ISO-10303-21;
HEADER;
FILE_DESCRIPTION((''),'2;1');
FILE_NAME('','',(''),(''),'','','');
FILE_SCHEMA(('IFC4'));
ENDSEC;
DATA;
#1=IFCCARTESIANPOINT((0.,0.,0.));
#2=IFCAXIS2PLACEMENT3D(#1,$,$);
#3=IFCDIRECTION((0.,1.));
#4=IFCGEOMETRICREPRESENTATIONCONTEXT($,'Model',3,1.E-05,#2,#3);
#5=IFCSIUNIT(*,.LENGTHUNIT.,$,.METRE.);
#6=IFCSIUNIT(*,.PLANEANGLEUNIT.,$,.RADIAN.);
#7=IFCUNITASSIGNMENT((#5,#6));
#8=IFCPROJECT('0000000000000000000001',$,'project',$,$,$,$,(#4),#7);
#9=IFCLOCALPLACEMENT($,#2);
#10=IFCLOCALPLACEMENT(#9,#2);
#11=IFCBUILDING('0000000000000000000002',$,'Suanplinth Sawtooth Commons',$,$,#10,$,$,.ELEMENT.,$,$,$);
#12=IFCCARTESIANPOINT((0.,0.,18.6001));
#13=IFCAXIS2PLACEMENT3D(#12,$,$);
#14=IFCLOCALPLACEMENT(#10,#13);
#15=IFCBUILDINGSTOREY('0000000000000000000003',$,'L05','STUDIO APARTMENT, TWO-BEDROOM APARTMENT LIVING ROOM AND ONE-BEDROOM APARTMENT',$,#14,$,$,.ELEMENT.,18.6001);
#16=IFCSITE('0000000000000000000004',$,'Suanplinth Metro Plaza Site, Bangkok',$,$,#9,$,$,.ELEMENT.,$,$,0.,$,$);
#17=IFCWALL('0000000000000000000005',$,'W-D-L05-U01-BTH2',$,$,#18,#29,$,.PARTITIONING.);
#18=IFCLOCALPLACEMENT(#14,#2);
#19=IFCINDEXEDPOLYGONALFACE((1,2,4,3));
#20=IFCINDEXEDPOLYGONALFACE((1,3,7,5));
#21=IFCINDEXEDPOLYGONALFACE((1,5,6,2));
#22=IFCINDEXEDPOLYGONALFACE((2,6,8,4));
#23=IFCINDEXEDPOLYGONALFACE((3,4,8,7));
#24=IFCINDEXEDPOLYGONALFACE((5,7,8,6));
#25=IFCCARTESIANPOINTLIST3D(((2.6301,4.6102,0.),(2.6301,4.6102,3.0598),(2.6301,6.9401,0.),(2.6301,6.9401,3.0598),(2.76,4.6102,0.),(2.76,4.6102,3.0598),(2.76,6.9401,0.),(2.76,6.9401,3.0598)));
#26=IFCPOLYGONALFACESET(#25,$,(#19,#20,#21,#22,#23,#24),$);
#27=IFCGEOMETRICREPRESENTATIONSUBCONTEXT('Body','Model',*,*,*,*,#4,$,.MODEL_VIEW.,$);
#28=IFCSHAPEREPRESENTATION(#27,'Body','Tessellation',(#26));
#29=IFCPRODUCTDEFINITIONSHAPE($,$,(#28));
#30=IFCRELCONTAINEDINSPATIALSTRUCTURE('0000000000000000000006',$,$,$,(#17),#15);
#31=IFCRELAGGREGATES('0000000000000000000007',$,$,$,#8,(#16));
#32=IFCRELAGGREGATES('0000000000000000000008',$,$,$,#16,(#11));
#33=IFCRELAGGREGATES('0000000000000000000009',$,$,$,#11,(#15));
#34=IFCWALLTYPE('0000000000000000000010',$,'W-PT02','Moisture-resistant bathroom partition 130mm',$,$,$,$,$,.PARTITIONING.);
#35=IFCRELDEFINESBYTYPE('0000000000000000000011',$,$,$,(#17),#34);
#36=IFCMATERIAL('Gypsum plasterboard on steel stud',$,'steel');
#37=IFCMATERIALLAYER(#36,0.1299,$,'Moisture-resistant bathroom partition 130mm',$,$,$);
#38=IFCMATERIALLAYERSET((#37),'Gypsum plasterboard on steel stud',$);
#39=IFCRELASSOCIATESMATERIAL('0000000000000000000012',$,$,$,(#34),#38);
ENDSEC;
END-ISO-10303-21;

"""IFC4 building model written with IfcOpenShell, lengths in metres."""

from ifc_helpers import new_model, si_unit, direction, frame, frame_2d, origin, place, context, subcontext, project, spatial, rectangle, extrude, material, layer, layer_set, type_object, element, save


model = new_model("IFC4")

# Units and contexts
model_context = context("Model", 3, precision=1e-05, world=origin(), true_north=direction((0.0, 1.0)))
body_context = subcontext(model_context, "Body", "Model", "MODEL_VIEW")
ifc_project = project(units=[si_unit("LENGTHUNIT", "METRE"), si_unit("PLANEANGLEUNIT", "RADIAN")], contexts=[model_context])

# Site, building, storey
site_placement = place(None, origin())
site = spatial("IfcSite", under=ifc_project, at=site_placement, Name="Suanplinth Metro Plaza Site, Bangkok", CompositionType="ELEMENT", RefElevation=0.0)
building_placement = place(site_placement, origin())
building = spatial("IfcBuilding", under=site, at=building_placement, Name="Suanplinth Sawtooth Commons", CompositionType="ELEMENT")
storey_placement = place(building_placement, frame((0.0, 0.0, 18.6001)))
storey = spatial("IfcBuildingStorey", under=building, at=storey_placement, Name="L05", Description="STUDIO APARTMENT, TWO-BEDROOM APARTMENT LIVING ROOM AND ONE-BEDROOM APARTMENT", CompositionType="ELEMENT", Elevation=18.6001)

# Shared definitions
ifc_material_1 = material(Name="Gypsum plasterboard on steel stud", Category="steel")

# Shared definitions
ifc_layer_1 = layer(ifc_material_1, 0.1299, Name="Moisture-resistant bathroom partition 130mm")
ifc_layer_set_1 = layer_set([ifc_layer_1], Name="Gypsum plasterboard on steel stud")
wall_type_1 = type_object("IfcWallType", Name="W-PT02", Description="Moisture-resistant bathroom partition 130mm", PredefinedType="PARTITIONING", material=ifc_layer_set_1)

# Wall
wall_1_placement = place(storey_placement, frame((2.6951, 4.6101, 0.0), z_axis=(0.0, 0.0, 1.0), x_axis=(0.0, 1.0, 0.0)))
element("IfcWall", 1, at=wall_1_placement, inside=storey, type_object=wall_type_1, Name="W-D-L05-U01-BTH2", PredefinedType="PARTITIONING", context=body_context, shape_type="SweptSolid", body=[
    extrude(rectangle(XDim=2.3298, YDim=0.1299, at=frame_2d((1.165, 0.0))), origin(), (0.0, 0.0, 1.0), 3.0598),
])

save(model, "model.ifc")
